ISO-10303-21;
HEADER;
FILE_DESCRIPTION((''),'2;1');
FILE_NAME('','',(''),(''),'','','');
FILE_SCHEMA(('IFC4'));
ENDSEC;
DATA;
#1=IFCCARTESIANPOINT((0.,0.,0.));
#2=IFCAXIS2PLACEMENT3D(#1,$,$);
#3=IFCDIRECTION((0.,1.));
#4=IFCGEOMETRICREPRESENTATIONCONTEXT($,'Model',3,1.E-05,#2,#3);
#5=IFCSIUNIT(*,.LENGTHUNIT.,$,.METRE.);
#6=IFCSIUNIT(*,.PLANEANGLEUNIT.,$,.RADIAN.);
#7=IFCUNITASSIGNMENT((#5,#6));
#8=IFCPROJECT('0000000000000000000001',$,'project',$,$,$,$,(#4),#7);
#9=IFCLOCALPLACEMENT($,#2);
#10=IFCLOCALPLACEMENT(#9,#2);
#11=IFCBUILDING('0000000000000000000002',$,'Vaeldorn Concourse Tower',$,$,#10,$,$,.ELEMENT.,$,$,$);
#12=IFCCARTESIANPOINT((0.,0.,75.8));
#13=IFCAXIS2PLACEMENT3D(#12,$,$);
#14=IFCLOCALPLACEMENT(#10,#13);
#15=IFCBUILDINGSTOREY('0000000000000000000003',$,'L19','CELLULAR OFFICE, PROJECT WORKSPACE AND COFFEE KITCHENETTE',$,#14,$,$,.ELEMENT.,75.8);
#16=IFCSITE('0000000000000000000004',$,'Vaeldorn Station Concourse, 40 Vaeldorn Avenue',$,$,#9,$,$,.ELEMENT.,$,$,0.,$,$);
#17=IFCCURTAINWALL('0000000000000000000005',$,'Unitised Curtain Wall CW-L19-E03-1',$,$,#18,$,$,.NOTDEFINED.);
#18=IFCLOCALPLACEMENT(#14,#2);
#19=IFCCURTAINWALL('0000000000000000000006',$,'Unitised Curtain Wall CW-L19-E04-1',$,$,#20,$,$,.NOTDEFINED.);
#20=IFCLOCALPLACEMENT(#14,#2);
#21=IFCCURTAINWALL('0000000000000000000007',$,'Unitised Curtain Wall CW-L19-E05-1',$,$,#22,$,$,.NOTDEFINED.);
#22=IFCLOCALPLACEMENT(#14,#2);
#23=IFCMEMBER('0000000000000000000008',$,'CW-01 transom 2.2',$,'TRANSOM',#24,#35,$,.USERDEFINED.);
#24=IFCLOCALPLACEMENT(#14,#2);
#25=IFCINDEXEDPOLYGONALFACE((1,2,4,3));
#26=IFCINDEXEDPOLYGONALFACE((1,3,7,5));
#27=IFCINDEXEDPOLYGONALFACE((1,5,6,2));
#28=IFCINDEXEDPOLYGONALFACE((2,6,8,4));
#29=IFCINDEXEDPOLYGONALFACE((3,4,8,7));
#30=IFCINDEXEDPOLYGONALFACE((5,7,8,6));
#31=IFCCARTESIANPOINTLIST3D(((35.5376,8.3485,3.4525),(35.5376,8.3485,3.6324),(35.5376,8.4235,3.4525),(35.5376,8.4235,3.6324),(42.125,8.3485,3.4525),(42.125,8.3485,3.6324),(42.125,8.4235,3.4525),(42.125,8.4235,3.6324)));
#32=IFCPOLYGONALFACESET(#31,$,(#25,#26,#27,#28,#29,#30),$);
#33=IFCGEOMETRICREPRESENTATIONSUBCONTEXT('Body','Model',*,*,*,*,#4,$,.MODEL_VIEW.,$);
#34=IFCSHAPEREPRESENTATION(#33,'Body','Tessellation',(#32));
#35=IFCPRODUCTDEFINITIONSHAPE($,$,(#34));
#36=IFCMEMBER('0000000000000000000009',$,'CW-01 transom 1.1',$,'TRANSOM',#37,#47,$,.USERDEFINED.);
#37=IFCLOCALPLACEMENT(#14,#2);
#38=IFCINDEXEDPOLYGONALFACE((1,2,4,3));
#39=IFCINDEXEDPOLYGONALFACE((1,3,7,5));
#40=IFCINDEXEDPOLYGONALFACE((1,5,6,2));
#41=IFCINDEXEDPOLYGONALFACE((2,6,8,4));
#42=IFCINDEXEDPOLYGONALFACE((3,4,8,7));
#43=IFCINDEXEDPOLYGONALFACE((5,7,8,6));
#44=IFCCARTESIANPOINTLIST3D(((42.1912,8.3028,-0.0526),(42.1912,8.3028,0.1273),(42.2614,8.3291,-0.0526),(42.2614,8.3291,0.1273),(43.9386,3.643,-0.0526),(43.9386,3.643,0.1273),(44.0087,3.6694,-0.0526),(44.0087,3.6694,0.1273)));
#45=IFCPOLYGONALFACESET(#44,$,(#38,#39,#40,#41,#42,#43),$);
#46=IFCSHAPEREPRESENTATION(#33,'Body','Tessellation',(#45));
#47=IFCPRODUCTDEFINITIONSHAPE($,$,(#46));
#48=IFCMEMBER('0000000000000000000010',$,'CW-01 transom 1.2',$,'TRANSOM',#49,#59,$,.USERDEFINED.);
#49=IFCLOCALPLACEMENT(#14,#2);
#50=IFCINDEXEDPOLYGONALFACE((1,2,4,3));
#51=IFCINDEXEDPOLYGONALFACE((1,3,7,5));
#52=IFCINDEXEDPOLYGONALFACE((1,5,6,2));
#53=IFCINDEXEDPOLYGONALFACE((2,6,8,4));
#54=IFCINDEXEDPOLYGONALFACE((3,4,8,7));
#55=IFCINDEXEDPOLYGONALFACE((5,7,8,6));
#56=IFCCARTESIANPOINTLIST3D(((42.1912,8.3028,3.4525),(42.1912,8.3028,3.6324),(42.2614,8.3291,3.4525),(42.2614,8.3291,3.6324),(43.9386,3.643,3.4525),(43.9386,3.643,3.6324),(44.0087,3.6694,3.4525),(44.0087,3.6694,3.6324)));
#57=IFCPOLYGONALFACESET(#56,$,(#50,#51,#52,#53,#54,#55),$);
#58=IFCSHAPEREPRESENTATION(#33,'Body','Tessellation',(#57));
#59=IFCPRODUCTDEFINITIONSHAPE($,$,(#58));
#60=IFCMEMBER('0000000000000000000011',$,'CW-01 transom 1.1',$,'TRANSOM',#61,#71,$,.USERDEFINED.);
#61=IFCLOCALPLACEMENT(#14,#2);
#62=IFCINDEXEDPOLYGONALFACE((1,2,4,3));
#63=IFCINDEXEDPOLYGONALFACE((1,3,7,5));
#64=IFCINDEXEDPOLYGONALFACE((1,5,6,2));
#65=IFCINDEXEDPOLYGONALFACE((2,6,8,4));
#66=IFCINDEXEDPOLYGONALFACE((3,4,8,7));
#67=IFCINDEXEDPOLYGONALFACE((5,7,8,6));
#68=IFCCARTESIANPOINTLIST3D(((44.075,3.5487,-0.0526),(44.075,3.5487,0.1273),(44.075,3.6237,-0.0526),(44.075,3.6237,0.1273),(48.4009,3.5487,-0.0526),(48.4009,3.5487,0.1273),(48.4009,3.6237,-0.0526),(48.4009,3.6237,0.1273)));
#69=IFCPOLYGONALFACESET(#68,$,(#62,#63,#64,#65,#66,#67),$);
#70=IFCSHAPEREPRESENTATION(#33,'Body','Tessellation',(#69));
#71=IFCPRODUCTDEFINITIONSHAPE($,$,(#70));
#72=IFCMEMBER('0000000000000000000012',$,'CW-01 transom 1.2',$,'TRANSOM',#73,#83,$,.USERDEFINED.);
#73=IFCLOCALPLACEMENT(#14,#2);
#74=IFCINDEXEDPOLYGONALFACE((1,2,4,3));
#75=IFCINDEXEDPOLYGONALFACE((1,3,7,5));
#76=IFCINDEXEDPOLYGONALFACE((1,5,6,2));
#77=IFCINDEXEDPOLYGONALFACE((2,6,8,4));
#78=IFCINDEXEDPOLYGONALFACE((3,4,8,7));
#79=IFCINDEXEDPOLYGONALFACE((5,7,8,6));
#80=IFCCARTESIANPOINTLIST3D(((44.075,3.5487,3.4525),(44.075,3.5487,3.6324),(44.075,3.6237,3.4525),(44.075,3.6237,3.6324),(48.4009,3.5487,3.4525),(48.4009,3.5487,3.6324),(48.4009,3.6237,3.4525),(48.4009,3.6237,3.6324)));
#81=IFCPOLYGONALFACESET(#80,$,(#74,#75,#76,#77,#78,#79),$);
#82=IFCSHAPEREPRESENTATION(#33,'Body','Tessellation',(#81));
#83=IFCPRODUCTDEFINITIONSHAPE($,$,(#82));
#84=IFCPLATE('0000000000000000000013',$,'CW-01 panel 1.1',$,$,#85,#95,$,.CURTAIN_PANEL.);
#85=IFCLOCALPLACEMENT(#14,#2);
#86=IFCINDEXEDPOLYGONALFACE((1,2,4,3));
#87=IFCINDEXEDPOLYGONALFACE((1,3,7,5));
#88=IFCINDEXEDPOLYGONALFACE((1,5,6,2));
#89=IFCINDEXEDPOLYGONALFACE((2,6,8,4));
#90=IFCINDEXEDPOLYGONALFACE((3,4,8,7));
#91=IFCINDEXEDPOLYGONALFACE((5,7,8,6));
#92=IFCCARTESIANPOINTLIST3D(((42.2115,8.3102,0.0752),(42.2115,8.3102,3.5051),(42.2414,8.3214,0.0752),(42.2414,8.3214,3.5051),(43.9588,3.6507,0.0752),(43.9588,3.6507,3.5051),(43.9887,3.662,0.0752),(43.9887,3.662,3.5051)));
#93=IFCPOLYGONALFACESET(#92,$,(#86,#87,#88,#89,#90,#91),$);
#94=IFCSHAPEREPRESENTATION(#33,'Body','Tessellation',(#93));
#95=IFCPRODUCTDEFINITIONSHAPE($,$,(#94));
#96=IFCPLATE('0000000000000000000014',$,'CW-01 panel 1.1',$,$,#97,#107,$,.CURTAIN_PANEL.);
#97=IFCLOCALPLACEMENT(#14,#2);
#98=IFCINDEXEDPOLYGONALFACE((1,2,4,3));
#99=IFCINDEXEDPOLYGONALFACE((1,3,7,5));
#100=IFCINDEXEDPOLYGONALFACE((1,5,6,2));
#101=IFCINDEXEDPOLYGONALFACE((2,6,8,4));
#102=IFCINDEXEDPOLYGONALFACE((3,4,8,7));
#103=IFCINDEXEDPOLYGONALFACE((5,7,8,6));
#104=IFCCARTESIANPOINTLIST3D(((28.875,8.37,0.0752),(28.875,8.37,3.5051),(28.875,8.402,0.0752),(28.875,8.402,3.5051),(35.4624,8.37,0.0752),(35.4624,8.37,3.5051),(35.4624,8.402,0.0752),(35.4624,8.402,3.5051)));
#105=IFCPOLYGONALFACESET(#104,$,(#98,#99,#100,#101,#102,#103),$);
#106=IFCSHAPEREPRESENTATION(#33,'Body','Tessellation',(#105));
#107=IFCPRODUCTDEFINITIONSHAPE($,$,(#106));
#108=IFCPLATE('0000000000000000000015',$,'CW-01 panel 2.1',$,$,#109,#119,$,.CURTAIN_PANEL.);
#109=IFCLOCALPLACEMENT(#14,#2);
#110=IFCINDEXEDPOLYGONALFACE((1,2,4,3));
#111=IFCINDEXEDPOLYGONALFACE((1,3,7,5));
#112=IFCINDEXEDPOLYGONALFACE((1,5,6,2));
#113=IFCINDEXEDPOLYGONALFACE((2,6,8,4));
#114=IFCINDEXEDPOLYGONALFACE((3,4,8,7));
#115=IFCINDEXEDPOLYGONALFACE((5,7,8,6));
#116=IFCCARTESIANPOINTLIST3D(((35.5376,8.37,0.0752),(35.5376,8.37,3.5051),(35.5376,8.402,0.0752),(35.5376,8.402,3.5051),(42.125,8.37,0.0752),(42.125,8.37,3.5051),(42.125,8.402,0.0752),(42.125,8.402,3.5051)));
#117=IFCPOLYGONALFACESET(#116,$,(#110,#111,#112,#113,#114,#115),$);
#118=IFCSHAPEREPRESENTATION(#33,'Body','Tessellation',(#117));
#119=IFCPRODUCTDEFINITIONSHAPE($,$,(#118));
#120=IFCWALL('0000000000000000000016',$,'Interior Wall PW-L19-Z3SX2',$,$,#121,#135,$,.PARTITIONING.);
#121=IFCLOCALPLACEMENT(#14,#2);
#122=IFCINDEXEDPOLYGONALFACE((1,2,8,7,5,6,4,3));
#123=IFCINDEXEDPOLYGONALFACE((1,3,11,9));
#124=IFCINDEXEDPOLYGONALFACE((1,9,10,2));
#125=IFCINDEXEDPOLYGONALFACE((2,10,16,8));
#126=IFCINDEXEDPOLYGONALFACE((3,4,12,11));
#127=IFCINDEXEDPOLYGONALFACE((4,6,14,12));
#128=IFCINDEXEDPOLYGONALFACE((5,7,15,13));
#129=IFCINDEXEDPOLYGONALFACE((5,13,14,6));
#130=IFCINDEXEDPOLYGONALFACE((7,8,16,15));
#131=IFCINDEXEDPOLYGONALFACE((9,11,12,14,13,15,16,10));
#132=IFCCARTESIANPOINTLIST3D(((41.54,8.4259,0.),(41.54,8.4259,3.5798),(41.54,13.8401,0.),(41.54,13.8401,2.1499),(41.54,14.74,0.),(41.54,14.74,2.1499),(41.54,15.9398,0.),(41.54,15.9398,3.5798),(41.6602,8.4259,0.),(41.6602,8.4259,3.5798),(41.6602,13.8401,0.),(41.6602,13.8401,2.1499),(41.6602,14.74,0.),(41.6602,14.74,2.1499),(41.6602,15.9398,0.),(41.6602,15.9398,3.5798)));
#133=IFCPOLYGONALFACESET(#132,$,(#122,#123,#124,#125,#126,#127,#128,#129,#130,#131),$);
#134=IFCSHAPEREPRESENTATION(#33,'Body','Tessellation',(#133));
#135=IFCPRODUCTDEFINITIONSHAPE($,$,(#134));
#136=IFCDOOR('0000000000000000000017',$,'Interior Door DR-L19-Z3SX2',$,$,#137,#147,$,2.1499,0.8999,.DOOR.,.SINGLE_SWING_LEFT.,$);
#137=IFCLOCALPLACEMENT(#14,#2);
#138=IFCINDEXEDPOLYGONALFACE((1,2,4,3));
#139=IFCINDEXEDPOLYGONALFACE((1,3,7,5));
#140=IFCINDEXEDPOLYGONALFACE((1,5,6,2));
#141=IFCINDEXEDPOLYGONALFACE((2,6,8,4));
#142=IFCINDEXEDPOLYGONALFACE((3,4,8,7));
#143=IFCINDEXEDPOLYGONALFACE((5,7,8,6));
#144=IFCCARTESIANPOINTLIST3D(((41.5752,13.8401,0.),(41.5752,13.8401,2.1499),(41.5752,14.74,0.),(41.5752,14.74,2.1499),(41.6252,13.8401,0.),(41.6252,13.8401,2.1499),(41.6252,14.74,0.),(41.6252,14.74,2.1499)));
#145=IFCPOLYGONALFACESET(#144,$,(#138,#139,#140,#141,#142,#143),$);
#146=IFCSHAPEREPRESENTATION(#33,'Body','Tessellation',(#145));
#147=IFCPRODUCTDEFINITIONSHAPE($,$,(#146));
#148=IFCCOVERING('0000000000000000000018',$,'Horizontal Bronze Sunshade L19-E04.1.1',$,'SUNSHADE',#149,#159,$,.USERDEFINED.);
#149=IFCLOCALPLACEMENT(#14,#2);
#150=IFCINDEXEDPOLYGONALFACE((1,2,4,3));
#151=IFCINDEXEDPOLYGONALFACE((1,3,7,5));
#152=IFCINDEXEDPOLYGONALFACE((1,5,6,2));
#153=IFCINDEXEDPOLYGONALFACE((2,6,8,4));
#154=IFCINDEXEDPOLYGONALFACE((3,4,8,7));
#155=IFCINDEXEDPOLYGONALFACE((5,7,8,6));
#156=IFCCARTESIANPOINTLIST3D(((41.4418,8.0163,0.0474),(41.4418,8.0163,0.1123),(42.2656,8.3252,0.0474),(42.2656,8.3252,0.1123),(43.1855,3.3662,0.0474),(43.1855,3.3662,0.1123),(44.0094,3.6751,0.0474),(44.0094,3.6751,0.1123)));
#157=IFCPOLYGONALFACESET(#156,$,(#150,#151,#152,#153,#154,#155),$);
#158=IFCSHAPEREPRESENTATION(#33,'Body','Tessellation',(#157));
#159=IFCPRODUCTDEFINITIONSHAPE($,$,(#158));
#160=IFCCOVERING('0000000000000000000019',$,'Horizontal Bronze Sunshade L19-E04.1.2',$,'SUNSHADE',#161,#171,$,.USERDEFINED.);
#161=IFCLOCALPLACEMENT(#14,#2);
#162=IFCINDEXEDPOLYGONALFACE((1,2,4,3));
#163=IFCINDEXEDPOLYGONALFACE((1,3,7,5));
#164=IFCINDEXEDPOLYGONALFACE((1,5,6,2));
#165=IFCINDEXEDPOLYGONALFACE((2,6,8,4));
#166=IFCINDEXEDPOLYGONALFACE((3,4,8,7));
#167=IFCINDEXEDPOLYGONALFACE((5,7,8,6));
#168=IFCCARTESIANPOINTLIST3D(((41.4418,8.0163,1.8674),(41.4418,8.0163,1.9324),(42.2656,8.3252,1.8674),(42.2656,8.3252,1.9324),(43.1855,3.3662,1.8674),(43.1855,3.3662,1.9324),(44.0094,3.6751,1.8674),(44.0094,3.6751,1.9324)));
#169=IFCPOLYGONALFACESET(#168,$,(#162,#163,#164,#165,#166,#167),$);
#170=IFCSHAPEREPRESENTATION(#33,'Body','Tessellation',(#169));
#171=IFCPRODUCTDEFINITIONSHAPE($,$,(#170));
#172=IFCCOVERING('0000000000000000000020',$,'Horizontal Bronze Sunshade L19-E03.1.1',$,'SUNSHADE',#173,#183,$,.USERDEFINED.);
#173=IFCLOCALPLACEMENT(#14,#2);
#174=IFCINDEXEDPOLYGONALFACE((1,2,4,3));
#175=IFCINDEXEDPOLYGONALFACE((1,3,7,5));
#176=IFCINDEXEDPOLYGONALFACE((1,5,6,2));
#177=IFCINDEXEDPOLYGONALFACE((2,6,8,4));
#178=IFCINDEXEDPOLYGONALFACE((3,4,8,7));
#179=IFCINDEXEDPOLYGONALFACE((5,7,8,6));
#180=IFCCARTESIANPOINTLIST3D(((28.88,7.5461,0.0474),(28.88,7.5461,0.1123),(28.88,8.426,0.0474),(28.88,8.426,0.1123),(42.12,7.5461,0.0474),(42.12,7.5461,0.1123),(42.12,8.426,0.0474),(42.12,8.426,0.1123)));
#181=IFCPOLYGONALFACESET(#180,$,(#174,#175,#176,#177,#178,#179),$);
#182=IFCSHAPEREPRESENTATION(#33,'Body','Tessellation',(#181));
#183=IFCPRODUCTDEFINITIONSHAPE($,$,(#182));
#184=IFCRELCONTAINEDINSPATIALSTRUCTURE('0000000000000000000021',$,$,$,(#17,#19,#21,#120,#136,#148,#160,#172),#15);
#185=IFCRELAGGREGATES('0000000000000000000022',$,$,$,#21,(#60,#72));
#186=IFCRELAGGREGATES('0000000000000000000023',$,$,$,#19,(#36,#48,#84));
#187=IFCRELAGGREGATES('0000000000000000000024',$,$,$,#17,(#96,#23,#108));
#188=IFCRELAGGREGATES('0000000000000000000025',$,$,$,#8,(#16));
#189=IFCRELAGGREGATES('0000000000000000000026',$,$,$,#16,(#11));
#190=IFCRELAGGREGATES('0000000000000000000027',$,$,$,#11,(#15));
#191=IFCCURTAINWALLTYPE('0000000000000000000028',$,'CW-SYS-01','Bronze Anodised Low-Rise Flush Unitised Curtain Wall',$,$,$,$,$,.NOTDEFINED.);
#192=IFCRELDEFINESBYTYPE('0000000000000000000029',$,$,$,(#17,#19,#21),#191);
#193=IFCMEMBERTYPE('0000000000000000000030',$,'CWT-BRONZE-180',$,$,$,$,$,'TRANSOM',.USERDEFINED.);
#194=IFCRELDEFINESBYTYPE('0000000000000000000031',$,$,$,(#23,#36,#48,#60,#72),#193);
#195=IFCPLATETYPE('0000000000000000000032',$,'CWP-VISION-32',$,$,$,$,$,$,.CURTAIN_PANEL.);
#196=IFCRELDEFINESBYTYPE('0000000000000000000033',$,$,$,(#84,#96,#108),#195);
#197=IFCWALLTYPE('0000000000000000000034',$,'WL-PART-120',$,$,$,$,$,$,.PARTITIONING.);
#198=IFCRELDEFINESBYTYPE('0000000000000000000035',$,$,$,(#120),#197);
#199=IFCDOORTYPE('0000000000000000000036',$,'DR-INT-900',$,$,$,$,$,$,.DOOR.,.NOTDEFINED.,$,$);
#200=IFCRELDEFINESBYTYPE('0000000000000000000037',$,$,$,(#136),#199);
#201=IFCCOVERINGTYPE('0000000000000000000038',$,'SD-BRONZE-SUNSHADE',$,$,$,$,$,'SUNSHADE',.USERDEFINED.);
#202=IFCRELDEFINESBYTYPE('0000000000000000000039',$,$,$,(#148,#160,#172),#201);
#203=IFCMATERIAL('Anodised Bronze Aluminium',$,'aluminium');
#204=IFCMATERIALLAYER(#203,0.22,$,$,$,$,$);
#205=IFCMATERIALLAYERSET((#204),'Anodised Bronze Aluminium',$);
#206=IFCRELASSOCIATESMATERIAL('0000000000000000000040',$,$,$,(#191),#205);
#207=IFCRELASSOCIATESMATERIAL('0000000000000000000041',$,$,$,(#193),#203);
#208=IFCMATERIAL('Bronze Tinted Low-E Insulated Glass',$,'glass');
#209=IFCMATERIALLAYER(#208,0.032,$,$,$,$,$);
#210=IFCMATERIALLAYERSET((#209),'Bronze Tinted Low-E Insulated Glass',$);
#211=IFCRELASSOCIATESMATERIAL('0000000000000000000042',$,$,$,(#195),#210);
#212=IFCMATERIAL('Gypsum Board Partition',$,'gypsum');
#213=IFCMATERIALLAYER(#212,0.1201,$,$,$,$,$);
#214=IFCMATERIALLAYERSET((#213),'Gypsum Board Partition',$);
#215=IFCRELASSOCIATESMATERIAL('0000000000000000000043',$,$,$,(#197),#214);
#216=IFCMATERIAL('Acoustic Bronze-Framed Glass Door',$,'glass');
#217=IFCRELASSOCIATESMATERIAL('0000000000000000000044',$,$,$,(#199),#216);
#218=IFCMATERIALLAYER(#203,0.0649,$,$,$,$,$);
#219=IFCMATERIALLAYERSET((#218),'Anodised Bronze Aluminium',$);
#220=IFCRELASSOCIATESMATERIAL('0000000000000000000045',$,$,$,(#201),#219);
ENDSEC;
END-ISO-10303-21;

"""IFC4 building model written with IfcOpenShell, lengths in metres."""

from ifc_helpers import new_model, si_unit, direction, frame, frame_2d, origin, origin_2d, place, context, subcontext, project, spatial, rectangle, extrude, source, transform, mapped, material, layer, layer_set, material_profile, profile_set, type_object, element, fill, aggregate, save


model = new_model("IFC4")

# Units and contexts
model_context = context("Model", 3, precision=1e-05, world=origin(), true_north=direction((0.0, 1.0)))
body_context = subcontext(model_context, "Body", "Model", "MODEL_VIEW")
ifc_project = project(units=[si_unit("LENGTHUNIT", "METRE"), si_unit("PLANEANGLEUNIT", "RADIAN")], contexts=[model_context])

# Site, building, storey
site_placement = place(None, origin())
site = spatial("IfcSite", under=ifc_project, at=site_placement, Name="Vaeldorn Station Concourse, 40 Vaeldorn Avenue", CompositionType="ELEMENT", RefElevation=0.0)
building_placement = place(site_placement, origin())
building = spatial("IfcBuilding", under=site, at=building_placement, Name="Vaeldorn Concourse Tower", CompositionType="ELEMENT")
storey_placement = place(building_placement, frame((0.0, 0.0, 75.8)))
storey = spatial("IfcBuildingStorey", under=building, at=storey_placement, Name="L19", Description="CELLULAR OFFICE, PROJECT WORKSPACE AND COFFEE KITCHENETTE", CompositionType="ELEMENT", Elevation=75.8)

# Curtain walls
ifc_material_1 = material(Name="Anodised Bronze Aluminium", Category="aluminium")
ifc_layer_1 = layer(ifc_material_1, 0.22)
ifc_layer_set_1 = layer_set([ifc_layer_1], Name="Anodised Bronze Aluminium")
curtain_wall_type = type_object("IfcCurtainWallType", Name="CW-SYS-01", Description="Bronze Anodised Low-Rise Flush Unitised Curtain Wall", PredefinedType="NOTDEFINED", material=ifc_layer_set_1)
curtain_wall_1_placement = place(storey_placement, origin())
curtain_wall_1 = element("IfcCurtainWall", 1, at=curtain_wall_1_placement, inside=storey, type_object=curtain_wall_type, Name="Unitised Curtain Wall CW-L19-E03-1", PredefinedType="NOTDEFINED")
curtain_wall_2_placement = place(storey_placement, origin())
curtain_wall_2 = element("IfcCurtainWall", 2, at=curtain_wall_2_placement, inside=storey, type_object=curtain_wall_type, Name="Unitised Curtain Wall CW-L19-E04-1", PredefinedType="NOTDEFINED")

# Curtain wall
curtain_wall_3_placement = place(storey_placement, origin())
curtain_wall_3 = element("IfcCurtainWall", 3, at=curtain_wall_3_placement, inside=storey, type_object=curtain_wall_type, Name="Unitised Curtain Wall CW-L19-E05-1", PredefinedType="NOTDEFINED")

# Members
ifc_material_profile_1 = material_profile(ifc_material_1, rectangle(XDim=0.075, YDim=0.1799, at=origin_2d()), Name="CWT 75x180")
ifc_profile_set_1 = profile_set([ifc_material_profile_1], Name="Anodised Bronze Aluminium")
member_type_1 = type_object("IfcMemberType", Name="CWT-BRONZE-180", ElementType="TRANSOM", PredefinedType="USERDEFINED", material=ifc_profile_set_1)
shared_shape_1 = source(origin(), body_context, "Body", "SweptSolid", [
    extrude(rectangle(XDim=0.075, YDim=0.1799, at=origin_2d()), origin(), (0.0, 0.0, 1.0), 6.5874),
])
member_1_placement = place(storey_placement, frame((35.5376, 8.386, 3.5425), z_axis=(1.0, 0.0, 0.0), x_axis=(0.0, 1.0, 0.0)))
member_1 = element("IfcMember", 4, at=member_1_placement, type_object=member_type_1, Name="CW-01 transom 2.2", ObjectType="TRANSOM", PredefinedType="USERDEFINED", context=body_context, shape_type="MappedRepresentation", body=[
    mapped(shared_shape_1, transform((0.0, 0.0, 0.0), scale=1.0)),
])
shared_shape_2 = source(origin(), body_context, "Body", "SweptSolid", [
    extrude(rectangle(XDim=0.075, YDim=0.1799, at=origin_2d()), origin(), (0.0, 0.0, 1.0), 4.9766),
])
member_2_placement = place(storey_placement, frame((42.2263, 8.3159, 0.0374), z_axis=(0.351113, -0.936333, 0.0), x_axis=(0.936333, 0.351113, 0.0)))
member_2 = element("IfcMember", 5, at=member_2_placement, type_object=member_type_1, Name="CW-01 transom 1.1", ObjectType="TRANSOM", PredefinedType="USERDEFINED", context=body_context, shape_type="MappedRepresentation", body=[
    mapped(shared_shape_2, transform((0.0, 0.0, 0.0), scale=1.0)),
])
member_3_placement = place(storey_placement, frame((42.2263, 8.3159, 3.5425), z_axis=(0.351113, -0.936333, 0.0), x_axis=(0.936333, 0.351113, 0.0)))
member_3 = element("IfcMember", 6, at=member_3_placement, type_object=member_type_1, Name="CW-01 transom 1.2", ObjectType="TRANSOM", PredefinedType="USERDEFINED", context=body_context, shape_type="MappedRepresentation", body=[
    mapped(shared_shape_2, transform((0.0, 0.0, 0.0), scale=1.0)),
])
shared_shape_3 = source(origin(), body_context, "Body", "SweptSolid", [
    extrude(rectangle(XDim=0.075, YDim=0.1799, at=origin_2d()), origin(), (0.0, 0.0, 1.0), 4.3259),
])
member_4_placement = place(storey_placement, frame((44.075, 3.5862, 0.0374), z_axis=(1.0, 0.0, 0.0), x_axis=(0.0, 1.0, 0.0)))
member_4 = element("IfcMember", 7, at=member_4_placement, type_object=member_type_1, Name="CW-01 transom 1.1", ObjectType="TRANSOM", PredefinedType="USERDEFINED", context=body_context, shape_type="MappedRepresentation", body=[
    mapped(shared_shape_3, transform((0.0, 0.0, 0.0), scale=1.0)),
])
member_5_placement = place(storey_placement, frame((44.075, 3.5862, 3.5425), z_axis=(1.0, 0.0, 0.0), x_axis=(0.0, 1.0, 0.0)))
member_5 = element("IfcMember", 8, at=member_5_placement, type_object=member_type_1, Name="CW-01 transom 1.2", ObjectType="TRANSOM", PredefinedType="USERDEFINED", context=body_context, shape_type="MappedRepresentation", body=[
    mapped(shared_shape_3, transform((0.0, 0.0, 0.0), scale=1.0)),
])
aggregate(curtain_wall_3, [member_4, member_5])

# Plates
ifc_material_2 = material(Name="Bronze Tinted Low-E Insulated Glass", Category="glass")
ifc_layer_2 = layer(ifc_material_2, 0.032)
ifc_layer_set_2 = layer_set([ifc_layer_2], Name="Bronze Tinted Low-E Insulated Glass")
plate_type = type_object("IfcPlateType", Name="CWP-VISION-32", PredefinedType="CURTAIN_PANEL", material=ifc_layer_set_2)
shared_shape_4 = source(origin(), body_context, "Body", "SweptSolid", [
    extrude(rectangle(XDim=4.9763, YDim=0.032, at=origin_2d()), origin(), (0.0, 0.0, 1.0), 3.4299),
])
plate_1_placement = place(storey_placement, frame((43.1001, 5.9861, 0.0752), z_axis=(0.0, 0.0, 1.0), x_axis=(0.351123, -0.936329, 0.0)))
plate_1 = element("IfcPlate", 9, at=plate_1_placement, type_object=plate_type, Name="CW-01 panel 1.1", PredefinedType="CURTAIN_PANEL", context=body_context, shape_type="MappedRepresentation", body=[
    mapped(shared_shape_4, transform((0.0, 0.0, 0.0), scale=1.0)),
])
aggregate(curtain_wall_2, [member_2, member_3, plate_1])
shared_shape_5 = source(origin(), body_context, "Body", "SweptSolid", [
    extrude(rectangle(XDim=6.5874, YDim=0.032, at=origin_2d()), origin(), (0.0, 0.0, 1.0), 3.4299),
])
plate_2_placement = place(storey_placement, frame((32.1687, 8.386, 0.0752), z_axis=(0.0, 0.0, 1.0), x_axis=(1.0, 0.0, 0.0)))
plate_2 = element("IfcPlate", 10, at=plate_2_placement, type_object=plate_type, Name="CW-01 panel 1.1", PredefinedType="CURTAIN_PANEL", context=body_context, shape_type="MappedRepresentation", body=[
    mapped(shared_shape_5, transform((0.0, 0.0, 0.0), scale=1.0)),
])
plate_3_placement = place(storey_placement, frame((38.8313, 8.386, 0.0752), z_axis=(0.0, 0.0, 1.0), x_axis=(1.0, 0.0, 0.0)))
plate_3 = element("IfcPlate", 11, at=plate_3_placement, type_object=plate_type, Name="CW-01 panel 2.1", PredefinedType="CURTAIN_PANEL", context=body_context, shape_type="MappedRepresentation", body=[
    mapped(shared_shape_5, transform((0.0, 0.0, 0.0), scale=1.0)),
])
aggregate(curtain_wall_1, [plate_2, member_1, plate_3])

# Wall, opening, door
ifc_material_3 = material(Name="Gypsum Board Partition", Category="gypsum")
ifc_layer_3 = layer(ifc_material_3, 0.1201)
ifc_layer_set_3 = layer_set([ifc_layer_3], Name="Gypsum Board Partition")
wall_type = type_object("IfcWallType", Name="WL-PART-120", PredefinedType="PARTITIONING", material=ifc_layer_set_3)
wall_placement = place(storey_placement, frame((41.6001, 8.426, 0.0), z_axis=(0.0, 0.0, 1.0), x_axis=(0.0, 1.0, 0.0)))
wall = element("IfcWall", 12, at=wall_placement, inside=storey, type_object=wall_type, Name="Interior Wall PW-L19-Z3SX2", PredefinedType="PARTITIONING", context=body_context, shape_type="SweptSolid", body=[
    extrude(rectangle(XDim=7.5139, YDim=0.1201, at=frame_2d((3.7568, 0.0))), origin(), (0.0, 0.0, 1.0), 3.5798),
])
opening_placement = place(wall_placement, frame((5.4141, 0.0, 0.0)))
opening = element("IfcOpeningElement", 13, at=opening_placement, cuts=wall, PredefinedType="OPENING", context=body_context, shape_type="SweptSolid", body=[
    extrude(rectangle(XDim=0.8999, YDim=2.1499, at=frame_2d((0.45, 1.075))), frame((0.0, 0.0701, 0.0), z_axis=(0.0, -1.0, 0.0), x_axis=(1.0, 0.0, 0.0)), (0.0, 0.0, 1.0), 0.1401),
])
ifc_material_4 = material(Name="Acoustic Bronze-Framed Glass Door", Category="glass")
door_type = type_object("IfcDoorType", Name="DR-INT-900", OperationType="NOTDEFINED", PredefinedType="DOOR", material=ifc_material_4)
shared_shape_6 = source(origin(), body_context, "Body", "SweptSolid", [
    extrude(rectangle(XDim=0.8999, YDim=2.1499, at=frame_2d((0.45, 1.075))), frame((0.0, 0.0249, 0.0), z_axis=(0.0, -1.0, 0.0), x_axis=(1.0, 0.0, 0.0)), (0.0, 0.0, 1.0), 0.05),
])
door_placement = place(opening_placement, origin())
door = element("IfcDoor", 14, at=door_placement, inside=storey, type_object=door_type, Name="Interior Door DR-L19-Z3SX2", OperationType="SINGLE_SWING_LEFT", OverallHeight=2.1499, OverallWidth=0.8999, PredefinedType="DOOR", context=body_context, shape_type="MappedRepresentation", body=[
    mapped(shared_shape_6, transform((0.0, 0.0, 0.0), scale=1.0)),
])
fill(opening, door)

# Coverings
ifc_layer_4 = layer(ifc_material_1, 0.0649)
ifc_layer_set_4 = layer_set([ifc_layer_4], Name="Anodised Bronze Aluminium")
covering_type = type_object("IfcCoveringType", Name="SD-BRONZE-SUNSHADE", ElementType="SUNSHADE", PredefinedType="USERDEFINED", material=ifc_layer_set_4)
shared_shape_7 = source(origin(), body_context, "Body", "SweptSolid", [
    extrude(rectangle(XDim=4.9663, YDim=0.8799, at=origin_2d()), origin(), (0.0, 0.0, 1.0), 0.0649),
])
for number, where, z_axis, x_axis, name in (
    (15, (42.7256, 5.8457, 0.0474), (0.0, 0.0, 1.0), (0.351123, -0.936329, 0.0), "Horizontal Bronze Sunshade L19-E04.1.1"),
    (16, (42.7256, 5.8457, 1.8674), (0.0, 0.0, 1.0), (0.351123, -0.936329, 0.0), "Horizontal Bronze Sunshade L19-E04.1.2"),
):
    element("IfcCovering", number, at=place(storey_placement, frame(where, z_axis=z_axis, x_axis=x_axis)), inside=storey, type_object=covering_type, Name=name, ObjectType="SUNSHADE", PredefinedType="USERDEFINED", context=body_context, shape_type="MappedRepresentation", body=[
        mapped(shared_shape_7, transform((0.0, 0.0, 0.0), scale=1.0)),
    ])
shared_shape_8 = source(origin(), body_context, "Body", "SweptSolid", [
    extrude(rectangle(XDim=13.24, YDim=0.8799, at=origin_2d()), origin(), (0.0, 0.0, 1.0), 0.0649),
])
for number, where, z_axis, x_axis, name in (
    (17, (35.5, 7.9861, 0.0474), (0.0, 0.0, 1.0), (1.0, 0.0, 0.0), "Horizontal Bronze Sunshade L19-E03.1.1"),
):
    element("IfcCovering", number, at=place(storey_placement, frame(where, z_axis=z_axis, x_axis=x_axis)), inside=storey, type_object=covering_type, Name=name, ObjectType="SUNSHADE", PredefinedType="USERDEFINED", context=body_context, shape_type="MappedRepresentation", body=[
        mapped(shared_shape_8, transform((0.0, 0.0, 0.0), scale=1.0)),
    ])

save(model, "model.ifc")
